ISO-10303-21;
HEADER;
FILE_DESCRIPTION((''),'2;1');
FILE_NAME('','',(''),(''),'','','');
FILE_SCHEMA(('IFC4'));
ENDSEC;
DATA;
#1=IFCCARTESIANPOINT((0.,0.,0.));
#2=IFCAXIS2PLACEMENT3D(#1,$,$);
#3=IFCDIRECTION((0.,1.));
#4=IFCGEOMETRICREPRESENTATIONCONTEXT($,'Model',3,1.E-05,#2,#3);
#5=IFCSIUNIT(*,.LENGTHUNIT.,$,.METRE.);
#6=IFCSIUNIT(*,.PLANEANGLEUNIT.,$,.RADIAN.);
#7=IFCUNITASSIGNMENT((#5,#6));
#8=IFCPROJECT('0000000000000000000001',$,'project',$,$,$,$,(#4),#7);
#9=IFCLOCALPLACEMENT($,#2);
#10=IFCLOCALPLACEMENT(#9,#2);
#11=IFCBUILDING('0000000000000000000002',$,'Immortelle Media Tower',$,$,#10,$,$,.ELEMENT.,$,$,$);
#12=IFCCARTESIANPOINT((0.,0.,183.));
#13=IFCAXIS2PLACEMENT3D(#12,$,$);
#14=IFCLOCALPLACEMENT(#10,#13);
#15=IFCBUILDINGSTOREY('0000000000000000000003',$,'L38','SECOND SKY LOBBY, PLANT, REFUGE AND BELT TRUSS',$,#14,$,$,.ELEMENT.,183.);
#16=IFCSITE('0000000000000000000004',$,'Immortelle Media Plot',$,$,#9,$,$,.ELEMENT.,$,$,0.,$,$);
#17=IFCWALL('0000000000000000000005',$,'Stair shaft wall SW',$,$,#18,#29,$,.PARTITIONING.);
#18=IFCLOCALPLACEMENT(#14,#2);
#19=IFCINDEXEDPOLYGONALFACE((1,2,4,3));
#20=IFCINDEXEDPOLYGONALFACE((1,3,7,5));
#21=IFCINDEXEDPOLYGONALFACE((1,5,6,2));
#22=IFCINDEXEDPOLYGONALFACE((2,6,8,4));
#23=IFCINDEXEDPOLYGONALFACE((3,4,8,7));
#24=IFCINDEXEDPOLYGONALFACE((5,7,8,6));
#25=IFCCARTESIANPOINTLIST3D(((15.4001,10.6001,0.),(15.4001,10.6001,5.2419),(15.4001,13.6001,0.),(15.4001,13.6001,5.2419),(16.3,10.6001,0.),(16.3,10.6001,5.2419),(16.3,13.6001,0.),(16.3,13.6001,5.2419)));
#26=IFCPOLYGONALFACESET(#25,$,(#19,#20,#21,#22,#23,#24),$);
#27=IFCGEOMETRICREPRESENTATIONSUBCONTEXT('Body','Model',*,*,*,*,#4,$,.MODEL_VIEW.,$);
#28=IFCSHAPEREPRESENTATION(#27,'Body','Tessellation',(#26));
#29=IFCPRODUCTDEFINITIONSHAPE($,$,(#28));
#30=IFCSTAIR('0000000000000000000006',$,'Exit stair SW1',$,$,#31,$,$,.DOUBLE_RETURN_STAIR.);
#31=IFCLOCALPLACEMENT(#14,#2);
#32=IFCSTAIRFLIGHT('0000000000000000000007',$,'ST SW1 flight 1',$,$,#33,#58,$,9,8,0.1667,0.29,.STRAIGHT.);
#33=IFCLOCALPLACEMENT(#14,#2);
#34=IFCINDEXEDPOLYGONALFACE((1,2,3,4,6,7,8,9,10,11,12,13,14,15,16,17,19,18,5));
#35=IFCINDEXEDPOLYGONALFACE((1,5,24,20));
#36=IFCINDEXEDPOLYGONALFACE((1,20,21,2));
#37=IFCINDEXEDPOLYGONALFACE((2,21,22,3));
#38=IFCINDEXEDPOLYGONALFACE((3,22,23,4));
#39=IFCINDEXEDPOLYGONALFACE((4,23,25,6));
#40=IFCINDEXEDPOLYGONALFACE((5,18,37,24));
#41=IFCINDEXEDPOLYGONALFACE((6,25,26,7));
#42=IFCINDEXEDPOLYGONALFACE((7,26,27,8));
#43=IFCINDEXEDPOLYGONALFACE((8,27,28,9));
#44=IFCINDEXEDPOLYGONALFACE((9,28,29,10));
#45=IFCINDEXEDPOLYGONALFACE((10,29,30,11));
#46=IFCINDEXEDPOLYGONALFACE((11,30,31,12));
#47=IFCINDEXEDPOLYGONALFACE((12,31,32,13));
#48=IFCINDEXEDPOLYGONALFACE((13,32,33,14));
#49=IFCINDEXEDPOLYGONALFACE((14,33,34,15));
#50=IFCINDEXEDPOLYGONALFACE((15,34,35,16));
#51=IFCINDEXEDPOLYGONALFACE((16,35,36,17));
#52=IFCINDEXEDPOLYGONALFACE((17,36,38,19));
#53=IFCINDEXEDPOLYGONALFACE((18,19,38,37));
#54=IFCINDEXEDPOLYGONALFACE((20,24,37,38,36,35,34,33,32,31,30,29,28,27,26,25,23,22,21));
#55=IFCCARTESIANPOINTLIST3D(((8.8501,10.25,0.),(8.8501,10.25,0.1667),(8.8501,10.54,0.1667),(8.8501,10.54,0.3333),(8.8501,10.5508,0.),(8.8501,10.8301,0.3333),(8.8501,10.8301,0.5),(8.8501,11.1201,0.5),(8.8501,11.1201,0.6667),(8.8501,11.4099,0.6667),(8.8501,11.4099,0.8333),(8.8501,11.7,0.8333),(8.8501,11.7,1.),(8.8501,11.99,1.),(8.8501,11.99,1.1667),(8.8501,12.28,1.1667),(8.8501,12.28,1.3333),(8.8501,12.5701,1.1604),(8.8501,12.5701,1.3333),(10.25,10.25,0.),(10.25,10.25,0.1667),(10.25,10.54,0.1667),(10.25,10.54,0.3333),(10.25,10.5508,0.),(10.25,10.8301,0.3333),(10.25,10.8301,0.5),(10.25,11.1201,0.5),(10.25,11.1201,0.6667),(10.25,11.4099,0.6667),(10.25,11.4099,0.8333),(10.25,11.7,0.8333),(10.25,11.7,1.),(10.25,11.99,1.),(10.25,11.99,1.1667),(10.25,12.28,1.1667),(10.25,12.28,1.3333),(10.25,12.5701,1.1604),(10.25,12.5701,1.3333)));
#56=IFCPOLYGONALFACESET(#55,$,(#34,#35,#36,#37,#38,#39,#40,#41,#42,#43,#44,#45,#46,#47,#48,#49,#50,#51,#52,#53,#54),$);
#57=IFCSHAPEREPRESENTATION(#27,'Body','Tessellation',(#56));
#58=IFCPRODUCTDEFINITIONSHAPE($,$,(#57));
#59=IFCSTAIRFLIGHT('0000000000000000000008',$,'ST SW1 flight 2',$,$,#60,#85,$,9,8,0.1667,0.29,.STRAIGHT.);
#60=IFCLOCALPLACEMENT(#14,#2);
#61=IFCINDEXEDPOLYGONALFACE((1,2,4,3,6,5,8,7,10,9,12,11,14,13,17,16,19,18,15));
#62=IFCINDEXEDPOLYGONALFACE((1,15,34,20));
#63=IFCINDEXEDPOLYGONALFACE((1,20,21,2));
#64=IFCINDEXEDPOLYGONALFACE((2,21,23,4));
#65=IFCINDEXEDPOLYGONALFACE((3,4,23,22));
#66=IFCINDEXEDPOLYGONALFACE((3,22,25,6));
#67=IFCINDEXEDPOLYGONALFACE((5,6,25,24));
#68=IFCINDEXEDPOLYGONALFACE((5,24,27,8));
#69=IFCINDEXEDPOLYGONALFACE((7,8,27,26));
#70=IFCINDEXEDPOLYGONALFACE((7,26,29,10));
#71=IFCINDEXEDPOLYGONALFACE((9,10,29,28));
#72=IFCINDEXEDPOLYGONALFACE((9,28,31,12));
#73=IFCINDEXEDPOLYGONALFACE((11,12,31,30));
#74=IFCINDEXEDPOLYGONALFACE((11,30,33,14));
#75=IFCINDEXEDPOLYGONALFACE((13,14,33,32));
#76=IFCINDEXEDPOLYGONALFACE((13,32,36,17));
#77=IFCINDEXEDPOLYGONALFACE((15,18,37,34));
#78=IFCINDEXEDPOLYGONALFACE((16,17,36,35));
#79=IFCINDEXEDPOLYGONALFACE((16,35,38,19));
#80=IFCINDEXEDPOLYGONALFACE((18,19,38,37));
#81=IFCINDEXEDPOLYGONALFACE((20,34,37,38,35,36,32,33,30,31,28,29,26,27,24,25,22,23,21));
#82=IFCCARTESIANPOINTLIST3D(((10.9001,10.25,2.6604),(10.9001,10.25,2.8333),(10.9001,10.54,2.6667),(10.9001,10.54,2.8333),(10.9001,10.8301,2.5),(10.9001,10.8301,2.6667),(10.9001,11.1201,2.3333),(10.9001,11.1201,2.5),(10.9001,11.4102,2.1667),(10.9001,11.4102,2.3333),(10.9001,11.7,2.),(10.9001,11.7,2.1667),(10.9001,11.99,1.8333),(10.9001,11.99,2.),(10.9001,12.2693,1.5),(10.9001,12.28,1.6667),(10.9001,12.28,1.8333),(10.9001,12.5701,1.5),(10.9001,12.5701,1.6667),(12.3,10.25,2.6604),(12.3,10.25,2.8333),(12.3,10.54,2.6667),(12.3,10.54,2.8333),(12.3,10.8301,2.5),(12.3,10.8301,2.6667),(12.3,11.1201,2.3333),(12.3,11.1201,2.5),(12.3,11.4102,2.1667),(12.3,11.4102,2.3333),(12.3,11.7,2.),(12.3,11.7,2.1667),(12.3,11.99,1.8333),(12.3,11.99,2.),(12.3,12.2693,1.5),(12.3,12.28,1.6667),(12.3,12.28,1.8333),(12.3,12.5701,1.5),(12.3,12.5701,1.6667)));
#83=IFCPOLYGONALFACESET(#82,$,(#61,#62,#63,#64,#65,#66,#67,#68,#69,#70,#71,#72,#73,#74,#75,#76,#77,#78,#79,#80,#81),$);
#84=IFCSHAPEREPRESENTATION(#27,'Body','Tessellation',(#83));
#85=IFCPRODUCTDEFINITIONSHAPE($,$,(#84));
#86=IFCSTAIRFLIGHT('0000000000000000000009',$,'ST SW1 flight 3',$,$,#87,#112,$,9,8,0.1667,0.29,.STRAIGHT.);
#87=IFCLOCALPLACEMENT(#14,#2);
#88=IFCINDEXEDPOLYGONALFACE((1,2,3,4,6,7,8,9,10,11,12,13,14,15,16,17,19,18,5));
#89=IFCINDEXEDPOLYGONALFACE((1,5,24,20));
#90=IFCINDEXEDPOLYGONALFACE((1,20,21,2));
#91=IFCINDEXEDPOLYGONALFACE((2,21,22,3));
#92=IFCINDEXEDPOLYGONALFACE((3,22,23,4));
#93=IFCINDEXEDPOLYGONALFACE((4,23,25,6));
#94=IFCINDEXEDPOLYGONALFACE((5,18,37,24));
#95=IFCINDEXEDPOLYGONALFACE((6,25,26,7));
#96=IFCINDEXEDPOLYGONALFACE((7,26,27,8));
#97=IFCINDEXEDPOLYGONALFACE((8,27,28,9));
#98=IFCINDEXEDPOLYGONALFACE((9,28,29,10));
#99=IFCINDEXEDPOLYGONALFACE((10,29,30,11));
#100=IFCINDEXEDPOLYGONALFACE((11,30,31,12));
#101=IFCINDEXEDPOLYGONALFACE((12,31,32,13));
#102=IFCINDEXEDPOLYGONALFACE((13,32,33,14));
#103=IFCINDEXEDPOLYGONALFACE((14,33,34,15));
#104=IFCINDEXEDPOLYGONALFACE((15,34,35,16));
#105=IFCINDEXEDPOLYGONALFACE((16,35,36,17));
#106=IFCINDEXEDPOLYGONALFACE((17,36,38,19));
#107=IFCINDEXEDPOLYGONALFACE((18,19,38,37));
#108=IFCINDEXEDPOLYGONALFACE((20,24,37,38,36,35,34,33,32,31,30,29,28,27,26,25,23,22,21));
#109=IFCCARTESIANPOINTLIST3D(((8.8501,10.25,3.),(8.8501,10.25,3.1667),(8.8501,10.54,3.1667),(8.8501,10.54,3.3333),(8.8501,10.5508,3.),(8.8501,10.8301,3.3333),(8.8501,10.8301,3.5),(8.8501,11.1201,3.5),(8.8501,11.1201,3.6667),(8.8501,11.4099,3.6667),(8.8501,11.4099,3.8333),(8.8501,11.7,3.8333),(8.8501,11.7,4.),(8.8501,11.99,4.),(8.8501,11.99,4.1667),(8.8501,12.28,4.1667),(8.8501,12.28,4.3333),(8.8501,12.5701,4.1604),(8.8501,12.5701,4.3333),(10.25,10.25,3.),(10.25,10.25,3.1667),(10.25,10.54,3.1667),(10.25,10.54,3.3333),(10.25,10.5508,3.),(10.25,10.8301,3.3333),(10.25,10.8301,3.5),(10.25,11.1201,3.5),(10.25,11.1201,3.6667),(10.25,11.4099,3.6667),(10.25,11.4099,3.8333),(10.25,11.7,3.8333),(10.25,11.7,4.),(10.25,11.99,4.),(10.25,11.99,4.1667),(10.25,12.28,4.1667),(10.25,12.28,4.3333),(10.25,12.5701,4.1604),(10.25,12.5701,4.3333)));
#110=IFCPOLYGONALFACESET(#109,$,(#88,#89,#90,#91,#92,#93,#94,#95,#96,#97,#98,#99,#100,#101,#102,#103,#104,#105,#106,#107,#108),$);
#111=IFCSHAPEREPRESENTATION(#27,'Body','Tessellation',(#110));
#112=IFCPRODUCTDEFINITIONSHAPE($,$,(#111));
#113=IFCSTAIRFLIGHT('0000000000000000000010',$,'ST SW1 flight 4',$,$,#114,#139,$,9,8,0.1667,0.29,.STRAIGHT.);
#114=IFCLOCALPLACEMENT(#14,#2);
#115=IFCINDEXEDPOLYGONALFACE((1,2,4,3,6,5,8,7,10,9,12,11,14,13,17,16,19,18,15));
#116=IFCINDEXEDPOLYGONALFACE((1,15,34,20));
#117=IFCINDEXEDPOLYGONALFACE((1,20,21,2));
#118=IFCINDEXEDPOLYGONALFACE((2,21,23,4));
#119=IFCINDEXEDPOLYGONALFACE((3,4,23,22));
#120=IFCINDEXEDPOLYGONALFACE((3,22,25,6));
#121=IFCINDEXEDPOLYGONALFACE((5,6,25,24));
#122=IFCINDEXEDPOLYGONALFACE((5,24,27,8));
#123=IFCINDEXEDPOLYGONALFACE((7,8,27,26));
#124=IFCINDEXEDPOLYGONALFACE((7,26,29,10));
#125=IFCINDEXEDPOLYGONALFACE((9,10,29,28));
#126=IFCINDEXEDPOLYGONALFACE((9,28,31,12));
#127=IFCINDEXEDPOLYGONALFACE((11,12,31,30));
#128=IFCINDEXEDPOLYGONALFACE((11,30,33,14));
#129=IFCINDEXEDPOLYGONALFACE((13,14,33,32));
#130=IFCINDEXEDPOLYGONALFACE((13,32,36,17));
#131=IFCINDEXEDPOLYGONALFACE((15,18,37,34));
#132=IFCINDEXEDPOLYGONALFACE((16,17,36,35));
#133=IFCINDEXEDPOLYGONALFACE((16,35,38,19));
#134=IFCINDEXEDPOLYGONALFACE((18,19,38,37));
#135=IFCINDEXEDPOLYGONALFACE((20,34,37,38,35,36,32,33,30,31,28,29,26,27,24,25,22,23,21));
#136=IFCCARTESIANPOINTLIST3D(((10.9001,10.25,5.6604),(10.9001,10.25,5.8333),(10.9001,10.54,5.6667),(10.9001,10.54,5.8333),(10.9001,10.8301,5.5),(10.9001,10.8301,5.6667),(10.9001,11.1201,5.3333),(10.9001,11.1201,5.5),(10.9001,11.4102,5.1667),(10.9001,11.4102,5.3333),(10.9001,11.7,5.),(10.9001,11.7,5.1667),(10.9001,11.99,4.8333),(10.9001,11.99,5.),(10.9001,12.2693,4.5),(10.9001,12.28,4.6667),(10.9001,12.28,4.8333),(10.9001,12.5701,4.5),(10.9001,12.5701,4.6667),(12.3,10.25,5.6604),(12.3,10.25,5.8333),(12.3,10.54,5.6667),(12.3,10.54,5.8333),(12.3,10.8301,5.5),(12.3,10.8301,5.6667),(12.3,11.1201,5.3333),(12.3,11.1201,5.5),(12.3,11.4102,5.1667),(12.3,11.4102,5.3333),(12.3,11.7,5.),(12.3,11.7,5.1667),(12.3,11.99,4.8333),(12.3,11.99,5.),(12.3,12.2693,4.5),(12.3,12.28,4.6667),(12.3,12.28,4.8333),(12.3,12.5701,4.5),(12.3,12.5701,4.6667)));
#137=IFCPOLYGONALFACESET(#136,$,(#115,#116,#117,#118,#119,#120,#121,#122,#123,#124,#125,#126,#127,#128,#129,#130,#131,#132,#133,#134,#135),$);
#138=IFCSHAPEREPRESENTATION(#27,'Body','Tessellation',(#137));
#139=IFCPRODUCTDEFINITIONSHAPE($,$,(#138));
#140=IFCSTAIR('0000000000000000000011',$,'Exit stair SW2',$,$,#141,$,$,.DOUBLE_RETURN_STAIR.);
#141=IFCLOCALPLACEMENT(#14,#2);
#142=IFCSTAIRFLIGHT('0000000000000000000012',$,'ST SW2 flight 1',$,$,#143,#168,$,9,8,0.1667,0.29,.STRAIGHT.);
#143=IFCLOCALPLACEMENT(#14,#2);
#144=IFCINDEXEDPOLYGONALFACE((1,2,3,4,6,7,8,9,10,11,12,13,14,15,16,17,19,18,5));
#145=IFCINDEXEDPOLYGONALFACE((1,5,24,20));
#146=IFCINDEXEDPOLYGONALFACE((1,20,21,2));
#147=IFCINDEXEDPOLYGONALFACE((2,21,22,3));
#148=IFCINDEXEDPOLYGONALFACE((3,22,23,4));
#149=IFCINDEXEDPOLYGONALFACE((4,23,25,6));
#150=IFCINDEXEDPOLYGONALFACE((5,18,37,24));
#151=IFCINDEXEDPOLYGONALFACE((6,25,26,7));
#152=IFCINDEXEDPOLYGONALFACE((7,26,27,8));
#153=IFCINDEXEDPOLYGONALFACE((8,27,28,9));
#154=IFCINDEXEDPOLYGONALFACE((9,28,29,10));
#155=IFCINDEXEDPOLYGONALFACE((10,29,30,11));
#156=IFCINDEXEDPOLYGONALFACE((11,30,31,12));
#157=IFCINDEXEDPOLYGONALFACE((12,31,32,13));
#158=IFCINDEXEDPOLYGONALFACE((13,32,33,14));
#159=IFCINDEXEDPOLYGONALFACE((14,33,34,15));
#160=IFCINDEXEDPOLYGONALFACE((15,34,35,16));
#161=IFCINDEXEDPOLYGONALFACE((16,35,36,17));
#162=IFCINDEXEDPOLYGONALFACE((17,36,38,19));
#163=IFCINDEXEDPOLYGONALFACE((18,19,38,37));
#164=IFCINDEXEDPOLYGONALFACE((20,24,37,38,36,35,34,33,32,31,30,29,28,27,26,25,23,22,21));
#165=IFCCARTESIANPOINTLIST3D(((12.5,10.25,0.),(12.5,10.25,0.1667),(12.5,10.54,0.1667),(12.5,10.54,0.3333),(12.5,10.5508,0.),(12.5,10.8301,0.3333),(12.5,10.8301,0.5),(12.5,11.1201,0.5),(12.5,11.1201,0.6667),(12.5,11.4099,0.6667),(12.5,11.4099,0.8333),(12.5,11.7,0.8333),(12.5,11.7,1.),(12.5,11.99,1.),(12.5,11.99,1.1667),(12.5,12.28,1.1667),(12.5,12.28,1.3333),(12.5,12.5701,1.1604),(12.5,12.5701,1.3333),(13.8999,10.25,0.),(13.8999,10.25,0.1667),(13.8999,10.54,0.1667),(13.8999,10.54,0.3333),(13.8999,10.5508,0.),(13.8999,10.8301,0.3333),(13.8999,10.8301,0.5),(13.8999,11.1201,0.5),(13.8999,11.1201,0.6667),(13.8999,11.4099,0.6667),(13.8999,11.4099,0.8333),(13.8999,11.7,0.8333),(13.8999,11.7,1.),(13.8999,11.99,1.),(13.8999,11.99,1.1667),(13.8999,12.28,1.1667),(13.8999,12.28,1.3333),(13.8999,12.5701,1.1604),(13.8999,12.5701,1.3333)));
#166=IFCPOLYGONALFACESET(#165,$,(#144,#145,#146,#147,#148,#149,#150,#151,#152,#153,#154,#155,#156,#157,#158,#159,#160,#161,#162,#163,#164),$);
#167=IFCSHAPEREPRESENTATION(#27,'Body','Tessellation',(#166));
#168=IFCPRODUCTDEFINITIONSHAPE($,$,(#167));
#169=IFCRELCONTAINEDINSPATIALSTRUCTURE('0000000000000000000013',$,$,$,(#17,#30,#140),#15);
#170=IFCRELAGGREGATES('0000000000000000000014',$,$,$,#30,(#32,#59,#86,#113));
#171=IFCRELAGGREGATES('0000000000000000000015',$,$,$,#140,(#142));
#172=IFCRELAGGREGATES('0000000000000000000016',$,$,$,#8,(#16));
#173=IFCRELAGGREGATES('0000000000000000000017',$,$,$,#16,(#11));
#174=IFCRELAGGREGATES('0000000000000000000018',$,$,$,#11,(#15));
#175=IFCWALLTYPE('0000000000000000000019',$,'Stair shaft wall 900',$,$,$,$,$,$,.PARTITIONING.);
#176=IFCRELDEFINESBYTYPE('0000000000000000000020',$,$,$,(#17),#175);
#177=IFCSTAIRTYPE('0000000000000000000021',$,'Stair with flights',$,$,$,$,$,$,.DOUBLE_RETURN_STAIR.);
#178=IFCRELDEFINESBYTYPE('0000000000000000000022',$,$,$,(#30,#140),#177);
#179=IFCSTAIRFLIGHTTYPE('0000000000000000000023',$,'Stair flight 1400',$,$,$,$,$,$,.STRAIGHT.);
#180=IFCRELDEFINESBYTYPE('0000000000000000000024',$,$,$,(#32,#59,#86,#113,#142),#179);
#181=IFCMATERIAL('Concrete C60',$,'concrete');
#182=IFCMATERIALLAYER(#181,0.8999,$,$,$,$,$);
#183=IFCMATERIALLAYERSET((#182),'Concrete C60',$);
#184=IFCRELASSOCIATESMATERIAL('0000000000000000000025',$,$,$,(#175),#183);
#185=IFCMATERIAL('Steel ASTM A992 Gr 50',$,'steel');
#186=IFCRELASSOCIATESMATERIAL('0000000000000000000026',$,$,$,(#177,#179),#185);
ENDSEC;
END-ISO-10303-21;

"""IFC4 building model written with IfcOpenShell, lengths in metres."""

from ifc_helpers import new_model, si_unit, direction, frame, frame_2d, origin, place, context, subcontext, project, spatial, polyline, rectangle, outline, extrude, material, layer, layer_set, type_object, element, aggregate, save


model = new_model("IFC4")

# Units and contexts
model_context = context("Model", 3, precision=1e-05, world=origin(), true_north=direction((0.0, 1.0)))
body_context = subcontext(model_context, "Body", "Model", "MODEL_VIEW")
ifc_project = project(units=[si_unit("LENGTHUNIT", "METRE"), si_unit("PLANEANGLEUNIT", "RADIAN")], contexts=[model_context])

# Site, building, storey
site_placement = place(None, origin())
site = spatial("IfcSite", under=ifc_project, at=site_placement, Name="Immortelle Media Plot", CompositionType="ELEMENT", RefElevation=0.0)
building_placement = place(site_placement, origin())
building = spatial("IfcBuilding", under=site, at=building_placement, Name="Immortelle Media Tower", CompositionType="ELEMENT")
storey_placement = place(building_placement, frame((0.0, 0.0, 183.0)))
storey = spatial("IfcBuildingStorey", under=building, at=storey_placement, Name="L38", Description="SECOND SKY LOBBY, PLANT, REFUGE AND BELT TRUSS", CompositionType="ELEMENT", Elevation=183.0)

# Shared definitions
ifc_material_1 = material(Name="Steel ASTM A992 Gr 50", Category="steel")

# Shared definitions
ifc_material_2 = material(Name="Concrete C60", Category="concrete")

# Shared definitions
ifc_layer_1 = layer(ifc_material_2, 0.8999)
ifc_layer_set_1 = layer_set([ifc_layer_1], Name="Concrete C60")
wall_type_1 = type_object("IfcWallType", Name="Stair shaft wall 900", PredefinedType="PARTITIONING", material=ifc_layer_set_1)

# Wall
wall_1_placement = place(storey_placement, frame((15.8501, 10.6001, 0.0), z_axis=(0.0, 0.0, 1.0), x_axis=(0.0, 1.0, 0.0)))
element("IfcWall", 1, at=wall_1_placement, inside=storey, type_object=wall_type_1, Name="Stair shaft wall SW", PredefinedType="PARTITIONING", context=body_context, shape_type="SweptSolid", body=[
    extrude(rectangle(XDim=3.0, YDim=0.8999, at=frame_2d((1.5, 0.0))), origin(), (0.0, 0.0, 1.0), 5.2419),
])

# Stairs, stair flights
stair_type = type_object("IfcStairType", Name="Stair with flights", PredefinedType="DOUBLE_RETURN_STAIR", material=ifc_material_1)
stair_1_placement = place(storey_placement, origin())
stair_1 = element("IfcStair", 2, at=stair_1_placement, inside=storey, type_object=stair_type, Name="Exit stair SW1", PredefinedType="DOUBLE_RETURN_STAIR")
stair_flight_type = type_object("IfcStairFlightType", Name="Stair flight 1400", PredefinedType="STRAIGHT", material=ifc_material_1)
stair_flight_1_placement = place(storey_placement, frame((9.55, 10.25, 0.0), z_axis=(0.0, 0.0, 1.0), x_axis=(0.0, 1.0, 0.0)))
stair_flight_1 = element("IfcStairFlight", 3, at=stair_flight_1_placement, type_object=stair_flight_type, Name="ST SW1 flight 1", NumberOfRisers=9, NumberOfTreads=8, PredefinedType="STRAIGHT", RiserHeight=0.1667, TreadLength=0.29, context=body_context, shape_type="SweptSolid", body=[
    extrude(outline(polyline([(0.0, 0.0), (0.0, 0.1667), (0.29, 0.1667), (0.29, 0.3333), (0.5801, 0.3333), (0.5801, 0.5), (0.8701, 0.5), (0.8701, 0.6667), (1.1599, 0.6667), (1.1599, 0.8333), (1.45, 0.8333), (1.45, 1.0), (1.74, 1.0), (1.74, 1.1667), (2.03, 1.1667), (2.03, 1.3333), (2.3201, 1.3333), (2.3201, 1.5), (2.3201, 1.1604), (0.3008, 0.0), (0.0, 0.0)])), frame((0.0, 0.7, 0.0), z_axis=(0.0, -1.0, 0.0), x_axis=(1.0, 0.0, 0.0)), (0.0, 0.0, 1.0), 1.3999),
])
stair_flight_2_placement = place(storey_placement, frame((11.6001, 12.5701, 1.5), z_axis=(0.0, 0.0, 1.0), x_axis=(0.0, -1.0, 0.0)))
stair_flight_2 = element("IfcStairFlight", 4, at=stair_flight_2_placement, type_object=stair_flight_type, Name="ST SW1 flight 2", NumberOfRisers=9, NumberOfTreads=8, PredefinedType="STRAIGHT", RiserHeight=0.1667, TreadLength=0.29, context=body_context, shape_type="SweptSolid", body=[
    extrude(outline(polyline([(0.0, 0.0), (0.0, 0.1667), (0.29, 0.1667), (0.29, 0.3333), (0.5801, 0.3333), (0.5801, 0.5), (0.8701, 0.5), (0.8701, 0.6667), (1.1599, 0.6667), (1.1599, 0.8333), (1.45, 0.8333), (1.45, 1.0), (1.74, 1.0), (1.74, 1.1667), (2.03, 1.1667), (2.03, 1.3333), (2.3201, 1.3333), (2.3201, 1.5), (2.3201, 1.1604), (0.3008, 0.0), (0.0, 0.0)])), frame((0.0, 0.7, 0.0), z_axis=(0.0, -1.0, 0.0), x_axis=(1.0, 0.0, 0.0)), (0.0, 0.0, 1.0), 1.3999),
])
stair_flight_3_placement = place(storey_placement, frame((9.55, 10.25, 3.0), z_axis=(0.0, 0.0, 1.0), x_axis=(0.0, 1.0, 0.0)))
stair_flight_3 = element("IfcStairFlight", 5, at=stair_flight_3_placement, type_object=stair_flight_type, Name="ST SW1 flight 3", NumberOfRisers=9, NumberOfTreads=8, PredefinedType="STRAIGHT", RiserHeight=0.1667, TreadLength=0.29, context=body_context, shape_type="SweptSolid", body=[
    extrude(outline(polyline([(0.0, 0.0), (0.0, 0.1667), (0.29, 0.1667), (0.29, 0.3333), (0.5801, 0.3333), (0.5801, 0.5), (0.8701, 0.5), (0.8701, 0.6667), (1.1599, 0.6667), (1.1599, 0.8333), (1.45, 0.8333), (1.45, 1.0), (1.74, 1.0), (1.74, 1.1667), (2.03, 1.1667), (2.03, 1.3333), (2.3201, 1.3333), (2.3201, 1.5), (2.3201, 1.1604), (0.3008, 0.0), (0.0, 0.0)])), frame((0.0, 0.7, 0.0), z_axis=(0.0, -1.0, 0.0), x_axis=(1.0, 0.0, 0.0)), (0.0, 0.0, 1.0), 1.3999),
])
stair_flight_4_placement = place(storey_placement, frame((11.6001, 12.5701, 4.5), z_axis=(0.0, 0.0, 1.0), x_axis=(0.0, -1.0, 0.0)))
stair_flight_4 = element("IfcStairFlight", 6, at=stair_flight_4_placement, type_object=stair_flight_type, Name="ST SW1 flight 4", NumberOfRisers=9, NumberOfTreads=8, PredefinedType="STRAIGHT", RiserHeight=0.1667, TreadLength=0.29, context=body_context, shape_type="SweptSolid", body=[
    extrude(outline(polyline([(0.0, 0.0), (0.0, 0.1667), (0.29, 0.1667), (0.29, 0.3333), (0.5801, 0.3333), (0.5801, 0.5), (0.8701, 0.5), (0.8701, 0.6667), (1.1599, 0.6667), (1.1599, 0.8333), (1.45, 0.8333), (1.45, 1.0), (1.74, 1.0), (1.74, 1.1667), (2.03, 1.1667), (2.03, 1.3333), (2.3201, 1.3333), (2.3201, 1.5), (2.3201, 1.1604), (0.3008, 0.0), (0.0, 0.0)])), frame((0.0, 0.7, 0.0), z_axis=(0.0, -1.0, 0.0), x_axis=(1.0, 0.0, 0.0)), (0.0, 0.0, 1.0), 1.3999),
])
aggregate(stair_1, [stair_flight_1, stair_flight_2, stair_flight_3, stair_flight_4])
stair_2_placement = place(storey_placement, origin())
stair_2 = element("IfcStair", 7, at=stair_2_placement, inside=storey, type_object=stair_type, Name="Exit stair SW2", PredefinedType="DOUBLE_RETURN_STAIR")
stair_flight_5_placement = place(storey_placement, frame((13.2, 10.25, 0.0), z_axis=(0.0, 0.0, 1.0), x_axis=(0.0, 1.0, 0.0)))
stair_flight_5 = element("IfcStairFlight", 8, at=stair_flight_5_placement, type_object=stair_flight_type, Name="ST SW2 flight 1", NumberOfRisers=9, NumberOfTreads=8, PredefinedType="STRAIGHT", RiserHeight=0.1667, TreadLength=0.29, context=body_context, shape_type="SweptSolid", body=[
    extrude(outline(polyline([(0.0, 0.0), (0.0, 0.1667), (0.29, 0.1667), (0.29, 0.3333), (0.5801, 0.3333), (0.5801, 0.5), (0.8701, 0.5), (0.8701, 0.6667), (1.1599, 0.6667), (1.1599, 0.8333), (1.45, 0.8333), (1.45, 1.0), (1.74, 1.0), (1.74, 1.1667), (2.03, 1.1667), (2.03, 1.3333), (2.3201, 1.3333), (2.3201, 1.5), (2.3201, 1.1604), (0.3008, 0.0), (0.0, 0.0)])), frame((0.0, 0.7, 0.0), z_axis=(0.0, -1.0, 0.0), x_axis=(1.0, 0.0, 0.0)), (0.0, 0.0, 1.0), 1.3999),
])
aggregate(stair_2, [stair_flight_5])

save(model, "model.ifc")
